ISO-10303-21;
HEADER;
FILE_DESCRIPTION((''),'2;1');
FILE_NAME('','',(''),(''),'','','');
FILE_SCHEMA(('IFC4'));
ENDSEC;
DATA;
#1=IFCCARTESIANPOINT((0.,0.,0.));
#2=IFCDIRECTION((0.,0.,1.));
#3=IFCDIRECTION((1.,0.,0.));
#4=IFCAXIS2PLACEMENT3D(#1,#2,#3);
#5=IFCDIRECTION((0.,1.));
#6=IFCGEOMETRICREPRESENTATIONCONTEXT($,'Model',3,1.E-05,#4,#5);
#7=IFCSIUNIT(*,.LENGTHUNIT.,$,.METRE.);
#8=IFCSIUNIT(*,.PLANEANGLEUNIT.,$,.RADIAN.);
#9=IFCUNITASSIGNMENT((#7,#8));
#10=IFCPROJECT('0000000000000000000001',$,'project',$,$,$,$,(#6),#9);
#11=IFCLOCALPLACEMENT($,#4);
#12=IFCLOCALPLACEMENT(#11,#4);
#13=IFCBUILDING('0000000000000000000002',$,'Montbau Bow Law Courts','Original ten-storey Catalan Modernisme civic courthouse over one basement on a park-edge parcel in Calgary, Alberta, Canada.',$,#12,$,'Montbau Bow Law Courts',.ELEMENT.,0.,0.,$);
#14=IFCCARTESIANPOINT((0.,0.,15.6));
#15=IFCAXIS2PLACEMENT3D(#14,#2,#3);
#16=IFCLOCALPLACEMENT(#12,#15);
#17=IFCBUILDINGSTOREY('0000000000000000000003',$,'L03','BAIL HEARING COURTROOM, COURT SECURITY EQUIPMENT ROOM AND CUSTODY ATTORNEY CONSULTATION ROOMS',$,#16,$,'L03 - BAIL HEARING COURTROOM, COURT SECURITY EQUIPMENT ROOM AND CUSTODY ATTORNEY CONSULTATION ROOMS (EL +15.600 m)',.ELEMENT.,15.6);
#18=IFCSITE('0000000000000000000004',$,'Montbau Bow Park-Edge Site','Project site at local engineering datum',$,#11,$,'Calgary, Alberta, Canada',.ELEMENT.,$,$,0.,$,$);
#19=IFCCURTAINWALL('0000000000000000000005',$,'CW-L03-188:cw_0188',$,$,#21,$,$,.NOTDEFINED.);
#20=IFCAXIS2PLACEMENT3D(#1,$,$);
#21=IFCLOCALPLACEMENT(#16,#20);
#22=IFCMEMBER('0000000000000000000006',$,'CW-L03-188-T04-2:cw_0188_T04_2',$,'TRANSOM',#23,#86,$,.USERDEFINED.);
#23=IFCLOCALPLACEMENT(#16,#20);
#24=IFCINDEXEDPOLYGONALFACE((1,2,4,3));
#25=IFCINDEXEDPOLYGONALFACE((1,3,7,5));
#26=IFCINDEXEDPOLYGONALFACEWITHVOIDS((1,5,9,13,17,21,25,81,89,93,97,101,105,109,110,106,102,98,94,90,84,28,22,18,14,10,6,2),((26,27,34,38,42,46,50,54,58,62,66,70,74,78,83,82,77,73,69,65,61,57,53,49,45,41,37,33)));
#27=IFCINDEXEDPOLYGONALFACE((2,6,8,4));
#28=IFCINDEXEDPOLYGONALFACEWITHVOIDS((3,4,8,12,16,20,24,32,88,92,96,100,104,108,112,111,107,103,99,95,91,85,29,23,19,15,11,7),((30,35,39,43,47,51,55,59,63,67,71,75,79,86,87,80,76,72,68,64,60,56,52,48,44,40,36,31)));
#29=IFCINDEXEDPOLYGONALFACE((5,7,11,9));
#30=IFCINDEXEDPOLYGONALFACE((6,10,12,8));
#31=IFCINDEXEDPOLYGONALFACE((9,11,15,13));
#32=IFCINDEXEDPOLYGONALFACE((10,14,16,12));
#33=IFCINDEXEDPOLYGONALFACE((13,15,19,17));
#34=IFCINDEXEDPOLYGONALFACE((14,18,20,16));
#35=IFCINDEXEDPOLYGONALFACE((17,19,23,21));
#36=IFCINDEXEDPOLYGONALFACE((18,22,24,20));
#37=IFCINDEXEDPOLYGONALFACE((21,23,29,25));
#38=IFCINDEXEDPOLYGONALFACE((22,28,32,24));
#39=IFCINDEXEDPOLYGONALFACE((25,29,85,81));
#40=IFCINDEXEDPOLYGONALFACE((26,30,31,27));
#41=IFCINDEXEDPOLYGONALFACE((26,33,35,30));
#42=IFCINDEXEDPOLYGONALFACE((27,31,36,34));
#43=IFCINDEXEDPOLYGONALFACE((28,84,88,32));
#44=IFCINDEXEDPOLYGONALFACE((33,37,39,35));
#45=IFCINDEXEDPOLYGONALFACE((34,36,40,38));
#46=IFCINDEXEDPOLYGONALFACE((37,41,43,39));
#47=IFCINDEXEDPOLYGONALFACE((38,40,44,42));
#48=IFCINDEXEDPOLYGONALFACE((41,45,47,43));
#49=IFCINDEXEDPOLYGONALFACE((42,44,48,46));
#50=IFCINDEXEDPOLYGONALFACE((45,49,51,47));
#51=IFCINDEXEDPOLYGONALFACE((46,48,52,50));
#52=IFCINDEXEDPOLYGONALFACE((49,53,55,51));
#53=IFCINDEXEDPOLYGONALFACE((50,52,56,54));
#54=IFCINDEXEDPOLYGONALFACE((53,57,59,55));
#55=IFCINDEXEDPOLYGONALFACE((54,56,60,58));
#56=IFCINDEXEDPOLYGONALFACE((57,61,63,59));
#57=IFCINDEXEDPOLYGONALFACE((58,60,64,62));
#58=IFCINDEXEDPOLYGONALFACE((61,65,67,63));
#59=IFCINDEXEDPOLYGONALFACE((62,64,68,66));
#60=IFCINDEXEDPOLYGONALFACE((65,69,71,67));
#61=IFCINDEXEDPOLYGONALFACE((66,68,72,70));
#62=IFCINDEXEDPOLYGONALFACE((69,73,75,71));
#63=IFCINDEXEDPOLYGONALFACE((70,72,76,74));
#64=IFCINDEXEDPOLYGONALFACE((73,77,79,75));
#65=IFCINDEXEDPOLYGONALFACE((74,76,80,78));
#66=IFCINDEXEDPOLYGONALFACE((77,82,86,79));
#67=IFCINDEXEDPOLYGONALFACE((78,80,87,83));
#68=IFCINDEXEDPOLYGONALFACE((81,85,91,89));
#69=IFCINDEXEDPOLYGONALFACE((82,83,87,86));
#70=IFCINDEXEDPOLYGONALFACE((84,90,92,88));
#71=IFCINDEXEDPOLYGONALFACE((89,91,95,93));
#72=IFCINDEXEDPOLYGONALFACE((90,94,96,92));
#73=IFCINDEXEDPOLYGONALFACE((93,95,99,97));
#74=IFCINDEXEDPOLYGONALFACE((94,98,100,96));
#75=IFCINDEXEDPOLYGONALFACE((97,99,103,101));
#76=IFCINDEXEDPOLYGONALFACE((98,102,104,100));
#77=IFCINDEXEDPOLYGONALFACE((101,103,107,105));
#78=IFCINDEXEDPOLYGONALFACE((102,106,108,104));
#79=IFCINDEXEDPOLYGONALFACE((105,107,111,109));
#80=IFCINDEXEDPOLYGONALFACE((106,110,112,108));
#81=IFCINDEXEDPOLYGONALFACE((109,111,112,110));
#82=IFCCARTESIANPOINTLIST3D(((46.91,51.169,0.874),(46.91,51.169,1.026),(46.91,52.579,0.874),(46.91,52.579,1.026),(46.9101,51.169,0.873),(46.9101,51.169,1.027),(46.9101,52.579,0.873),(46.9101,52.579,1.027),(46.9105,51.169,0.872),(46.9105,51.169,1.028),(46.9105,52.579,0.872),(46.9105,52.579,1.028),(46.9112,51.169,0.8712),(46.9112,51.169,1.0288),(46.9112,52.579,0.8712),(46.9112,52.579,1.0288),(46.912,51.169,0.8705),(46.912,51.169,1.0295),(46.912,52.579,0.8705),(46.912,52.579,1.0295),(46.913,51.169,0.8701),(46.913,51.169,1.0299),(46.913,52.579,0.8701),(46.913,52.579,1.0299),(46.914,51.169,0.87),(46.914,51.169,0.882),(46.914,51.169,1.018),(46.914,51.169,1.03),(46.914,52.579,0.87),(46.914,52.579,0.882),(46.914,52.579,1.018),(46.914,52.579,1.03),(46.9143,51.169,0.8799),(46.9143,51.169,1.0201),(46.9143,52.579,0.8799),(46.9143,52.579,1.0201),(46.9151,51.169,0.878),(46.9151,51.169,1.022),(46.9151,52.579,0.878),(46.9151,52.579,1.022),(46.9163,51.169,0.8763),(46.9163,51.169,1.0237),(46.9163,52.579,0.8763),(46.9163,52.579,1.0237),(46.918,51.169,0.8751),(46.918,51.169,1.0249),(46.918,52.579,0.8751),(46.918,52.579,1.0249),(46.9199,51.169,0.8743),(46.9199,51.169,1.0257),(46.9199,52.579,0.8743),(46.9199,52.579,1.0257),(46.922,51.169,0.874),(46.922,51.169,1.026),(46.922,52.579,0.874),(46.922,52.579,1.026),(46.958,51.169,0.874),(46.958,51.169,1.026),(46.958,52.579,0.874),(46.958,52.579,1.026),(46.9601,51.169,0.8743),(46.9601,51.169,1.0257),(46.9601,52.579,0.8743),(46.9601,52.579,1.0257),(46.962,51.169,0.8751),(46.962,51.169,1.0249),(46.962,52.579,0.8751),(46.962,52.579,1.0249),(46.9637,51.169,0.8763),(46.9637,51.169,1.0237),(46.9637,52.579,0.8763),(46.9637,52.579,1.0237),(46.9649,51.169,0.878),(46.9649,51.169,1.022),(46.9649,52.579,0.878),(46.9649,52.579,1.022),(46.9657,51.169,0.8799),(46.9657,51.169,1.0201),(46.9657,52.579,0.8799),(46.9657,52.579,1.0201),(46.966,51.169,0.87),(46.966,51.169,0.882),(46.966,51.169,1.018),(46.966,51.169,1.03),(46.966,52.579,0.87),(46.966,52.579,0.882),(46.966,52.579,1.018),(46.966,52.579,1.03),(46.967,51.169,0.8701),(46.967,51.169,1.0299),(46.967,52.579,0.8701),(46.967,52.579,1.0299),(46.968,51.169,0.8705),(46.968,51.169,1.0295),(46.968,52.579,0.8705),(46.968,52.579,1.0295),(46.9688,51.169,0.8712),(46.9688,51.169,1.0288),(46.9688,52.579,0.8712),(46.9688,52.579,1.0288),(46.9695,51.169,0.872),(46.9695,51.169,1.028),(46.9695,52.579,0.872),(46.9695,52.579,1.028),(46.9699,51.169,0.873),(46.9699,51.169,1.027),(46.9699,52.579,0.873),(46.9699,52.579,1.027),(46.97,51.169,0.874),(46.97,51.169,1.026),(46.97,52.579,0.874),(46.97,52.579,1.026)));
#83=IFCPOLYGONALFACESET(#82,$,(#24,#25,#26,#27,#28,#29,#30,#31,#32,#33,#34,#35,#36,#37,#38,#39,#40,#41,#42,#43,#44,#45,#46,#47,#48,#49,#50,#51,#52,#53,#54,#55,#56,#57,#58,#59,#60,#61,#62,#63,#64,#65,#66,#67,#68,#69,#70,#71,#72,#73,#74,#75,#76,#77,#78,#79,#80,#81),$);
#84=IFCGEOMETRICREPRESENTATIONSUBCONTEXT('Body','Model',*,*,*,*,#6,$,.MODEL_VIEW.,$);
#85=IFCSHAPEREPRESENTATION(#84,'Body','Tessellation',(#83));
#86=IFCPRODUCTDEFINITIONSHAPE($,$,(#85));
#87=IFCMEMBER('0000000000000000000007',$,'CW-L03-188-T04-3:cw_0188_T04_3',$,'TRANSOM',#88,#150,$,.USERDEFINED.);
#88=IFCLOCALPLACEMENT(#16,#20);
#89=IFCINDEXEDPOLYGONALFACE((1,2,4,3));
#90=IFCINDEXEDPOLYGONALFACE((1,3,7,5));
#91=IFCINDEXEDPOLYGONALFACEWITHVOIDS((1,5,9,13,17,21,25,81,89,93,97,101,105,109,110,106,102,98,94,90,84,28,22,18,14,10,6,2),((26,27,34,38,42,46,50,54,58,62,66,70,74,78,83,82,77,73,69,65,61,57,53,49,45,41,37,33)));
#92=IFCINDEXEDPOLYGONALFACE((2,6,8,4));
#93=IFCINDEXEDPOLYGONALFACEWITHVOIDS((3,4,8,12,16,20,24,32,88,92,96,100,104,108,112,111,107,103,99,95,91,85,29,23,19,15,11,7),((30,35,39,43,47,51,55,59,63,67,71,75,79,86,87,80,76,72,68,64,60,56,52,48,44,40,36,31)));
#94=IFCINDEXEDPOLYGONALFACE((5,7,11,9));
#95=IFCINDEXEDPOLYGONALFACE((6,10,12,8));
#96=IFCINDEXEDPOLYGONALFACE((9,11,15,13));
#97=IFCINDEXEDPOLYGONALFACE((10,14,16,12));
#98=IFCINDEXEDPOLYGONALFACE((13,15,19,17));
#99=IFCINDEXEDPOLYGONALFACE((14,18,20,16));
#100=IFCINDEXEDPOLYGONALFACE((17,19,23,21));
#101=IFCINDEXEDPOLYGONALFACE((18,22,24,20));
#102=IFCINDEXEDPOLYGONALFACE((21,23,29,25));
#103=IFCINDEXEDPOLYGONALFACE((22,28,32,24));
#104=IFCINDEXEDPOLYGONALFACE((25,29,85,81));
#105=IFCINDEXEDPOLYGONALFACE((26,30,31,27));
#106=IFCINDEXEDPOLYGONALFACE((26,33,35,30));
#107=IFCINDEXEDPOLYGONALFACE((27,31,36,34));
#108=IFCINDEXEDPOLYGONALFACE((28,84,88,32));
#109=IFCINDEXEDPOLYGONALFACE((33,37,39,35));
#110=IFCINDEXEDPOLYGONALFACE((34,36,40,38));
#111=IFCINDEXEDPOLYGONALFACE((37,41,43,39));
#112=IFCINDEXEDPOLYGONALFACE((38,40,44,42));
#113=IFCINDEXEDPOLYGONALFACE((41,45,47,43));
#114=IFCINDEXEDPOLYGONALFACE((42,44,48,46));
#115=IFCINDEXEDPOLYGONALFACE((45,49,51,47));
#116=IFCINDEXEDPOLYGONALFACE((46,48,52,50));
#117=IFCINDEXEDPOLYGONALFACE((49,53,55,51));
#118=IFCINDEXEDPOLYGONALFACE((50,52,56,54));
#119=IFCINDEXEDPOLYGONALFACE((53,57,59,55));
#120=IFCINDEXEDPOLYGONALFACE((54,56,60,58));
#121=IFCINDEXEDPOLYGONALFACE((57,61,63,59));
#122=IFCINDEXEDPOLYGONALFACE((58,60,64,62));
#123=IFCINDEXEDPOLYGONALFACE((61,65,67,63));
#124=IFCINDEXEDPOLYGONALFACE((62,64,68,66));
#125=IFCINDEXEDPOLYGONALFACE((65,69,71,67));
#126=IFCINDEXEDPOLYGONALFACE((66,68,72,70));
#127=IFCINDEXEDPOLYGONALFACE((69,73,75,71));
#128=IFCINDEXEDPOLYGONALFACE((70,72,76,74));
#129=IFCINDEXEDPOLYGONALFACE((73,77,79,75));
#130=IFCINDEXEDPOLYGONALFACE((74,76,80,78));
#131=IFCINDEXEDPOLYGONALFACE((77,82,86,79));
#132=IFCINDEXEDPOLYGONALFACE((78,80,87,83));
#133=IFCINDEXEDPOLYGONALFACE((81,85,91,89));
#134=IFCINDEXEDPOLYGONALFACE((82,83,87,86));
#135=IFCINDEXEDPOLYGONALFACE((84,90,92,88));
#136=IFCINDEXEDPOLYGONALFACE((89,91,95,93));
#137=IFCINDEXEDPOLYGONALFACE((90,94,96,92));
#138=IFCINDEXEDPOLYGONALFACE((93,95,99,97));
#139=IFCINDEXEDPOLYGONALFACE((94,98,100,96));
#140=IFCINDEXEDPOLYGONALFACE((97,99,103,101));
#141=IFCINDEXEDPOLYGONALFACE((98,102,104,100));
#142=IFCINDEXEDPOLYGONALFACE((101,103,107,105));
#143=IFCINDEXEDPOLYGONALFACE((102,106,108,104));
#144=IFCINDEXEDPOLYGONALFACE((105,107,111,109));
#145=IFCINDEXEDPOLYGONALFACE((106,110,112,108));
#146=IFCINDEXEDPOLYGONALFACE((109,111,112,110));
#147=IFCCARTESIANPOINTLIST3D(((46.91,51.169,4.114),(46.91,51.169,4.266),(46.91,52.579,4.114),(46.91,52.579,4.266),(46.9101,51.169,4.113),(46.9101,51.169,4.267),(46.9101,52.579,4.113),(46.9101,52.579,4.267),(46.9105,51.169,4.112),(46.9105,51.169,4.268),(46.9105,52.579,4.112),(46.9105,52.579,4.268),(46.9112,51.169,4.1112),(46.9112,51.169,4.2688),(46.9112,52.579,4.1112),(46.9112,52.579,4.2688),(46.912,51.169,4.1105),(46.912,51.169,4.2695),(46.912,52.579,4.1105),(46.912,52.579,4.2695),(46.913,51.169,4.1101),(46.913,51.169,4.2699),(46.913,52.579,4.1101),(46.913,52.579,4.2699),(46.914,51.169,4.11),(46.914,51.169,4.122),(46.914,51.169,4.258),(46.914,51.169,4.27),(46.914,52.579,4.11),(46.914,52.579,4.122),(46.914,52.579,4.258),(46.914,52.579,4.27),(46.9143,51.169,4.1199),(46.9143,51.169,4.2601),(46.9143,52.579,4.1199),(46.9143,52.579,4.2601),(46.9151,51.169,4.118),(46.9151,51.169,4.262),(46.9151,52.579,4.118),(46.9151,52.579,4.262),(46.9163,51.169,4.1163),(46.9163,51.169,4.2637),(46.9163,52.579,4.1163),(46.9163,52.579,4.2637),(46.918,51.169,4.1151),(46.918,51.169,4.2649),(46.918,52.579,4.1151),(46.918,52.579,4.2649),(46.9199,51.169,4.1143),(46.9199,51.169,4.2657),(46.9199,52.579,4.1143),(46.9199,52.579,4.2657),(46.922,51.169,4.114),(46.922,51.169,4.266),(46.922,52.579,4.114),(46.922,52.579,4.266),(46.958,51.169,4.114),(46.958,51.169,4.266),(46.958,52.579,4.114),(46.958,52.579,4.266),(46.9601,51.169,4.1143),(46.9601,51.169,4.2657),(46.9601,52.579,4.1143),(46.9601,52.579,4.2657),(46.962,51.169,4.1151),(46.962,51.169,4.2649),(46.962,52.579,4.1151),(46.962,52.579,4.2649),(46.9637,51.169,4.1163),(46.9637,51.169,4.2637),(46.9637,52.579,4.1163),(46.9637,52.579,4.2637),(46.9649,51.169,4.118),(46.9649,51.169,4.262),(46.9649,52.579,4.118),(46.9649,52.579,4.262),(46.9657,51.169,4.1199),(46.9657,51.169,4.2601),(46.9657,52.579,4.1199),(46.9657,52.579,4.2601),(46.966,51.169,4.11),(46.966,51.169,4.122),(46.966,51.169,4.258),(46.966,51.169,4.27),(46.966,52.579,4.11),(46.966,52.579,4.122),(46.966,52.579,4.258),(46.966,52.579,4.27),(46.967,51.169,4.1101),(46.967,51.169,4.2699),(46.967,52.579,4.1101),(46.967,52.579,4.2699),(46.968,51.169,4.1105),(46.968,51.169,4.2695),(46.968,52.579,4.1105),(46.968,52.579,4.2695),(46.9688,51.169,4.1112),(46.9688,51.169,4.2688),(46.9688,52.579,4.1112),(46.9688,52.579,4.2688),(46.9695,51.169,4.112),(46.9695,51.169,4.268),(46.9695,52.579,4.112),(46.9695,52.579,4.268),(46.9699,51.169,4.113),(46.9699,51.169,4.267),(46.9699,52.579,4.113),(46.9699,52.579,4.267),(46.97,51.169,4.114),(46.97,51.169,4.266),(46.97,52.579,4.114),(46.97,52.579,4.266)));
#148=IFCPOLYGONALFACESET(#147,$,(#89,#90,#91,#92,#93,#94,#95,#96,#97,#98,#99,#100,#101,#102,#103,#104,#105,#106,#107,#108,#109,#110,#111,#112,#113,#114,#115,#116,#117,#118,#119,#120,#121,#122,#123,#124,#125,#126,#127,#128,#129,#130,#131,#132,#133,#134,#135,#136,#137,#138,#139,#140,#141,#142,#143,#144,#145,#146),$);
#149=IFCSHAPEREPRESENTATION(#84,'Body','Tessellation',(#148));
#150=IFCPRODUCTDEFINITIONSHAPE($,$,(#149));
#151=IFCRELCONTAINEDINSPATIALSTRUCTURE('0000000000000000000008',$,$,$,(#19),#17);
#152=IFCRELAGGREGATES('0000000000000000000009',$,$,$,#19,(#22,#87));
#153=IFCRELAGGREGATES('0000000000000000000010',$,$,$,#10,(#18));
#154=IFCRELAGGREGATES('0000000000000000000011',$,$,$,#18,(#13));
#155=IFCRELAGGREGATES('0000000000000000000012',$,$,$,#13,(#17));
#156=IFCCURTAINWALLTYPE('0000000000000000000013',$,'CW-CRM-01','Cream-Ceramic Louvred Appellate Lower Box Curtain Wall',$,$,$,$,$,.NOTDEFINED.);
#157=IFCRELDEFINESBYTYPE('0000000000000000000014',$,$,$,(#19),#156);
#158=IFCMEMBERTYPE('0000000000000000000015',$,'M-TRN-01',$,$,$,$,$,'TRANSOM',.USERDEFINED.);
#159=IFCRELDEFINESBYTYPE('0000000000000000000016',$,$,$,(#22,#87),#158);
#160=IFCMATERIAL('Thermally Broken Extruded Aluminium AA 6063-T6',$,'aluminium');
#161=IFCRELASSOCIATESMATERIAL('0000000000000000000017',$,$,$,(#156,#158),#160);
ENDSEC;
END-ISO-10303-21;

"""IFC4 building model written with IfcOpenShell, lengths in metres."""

from ifc_helpers import new_model, si_unit, direction, frame, origin_with_axes, origin_2d_with_axis, place, context, subcontext, project, spatial, hollow_rectangle, extrude, material, material_profile, profile_set, type_object, element, aggregate, save


model = new_model("IFC4")

# Units and contexts
model_context = context("Model", 3, precision=1e-05, world=origin_with_axes(), true_north=direction((0.0, 1.0)))
body_context = subcontext(model_context, "Body", "Model", "MODEL_VIEW")
ifc_project = project(units=[si_unit("LENGTHUNIT", "METRE"), si_unit("PLANEANGLEUNIT", "RADIAN")], contexts=[model_context])

# Site, building, storey
site_placement = place(None, origin_with_axes())
site = spatial("IfcSite", under=ifc_project, at=site_placement, Name="Montbau Bow Park-Edge Site", Description="Project site at local engineering datum", LongName="Calgary, Alberta, Canada", CompositionType="ELEMENT", RefElevation=0.0)
building_placement = place(site_placement, origin_with_axes())
building = spatial("IfcBuilding", under=site, at=building_placement, Name="Montbau Bow Law Courts", Description="Original ten-storey Catalan Modernisme civic courthouse over one basement on a park-edge parcel in Calgary, Alberta, Canada.", LongName="Montbau Bow Law Courts", CompositionType="ELEMENT", ElevationOfRefHeight=0.0, ElevationOfTerrain=0.0)
storey_placement = place(building_placement, frame((0.0, 0.0, 15.6), z_axis=(0.0, 0.0, 1.0), x_axis=(1.0, 0.0, 0.0)))
storey = spatial("IfcBuildingStorey", under=building, at=storey_placement, Name="L03", Description="BAIL HEARING COURTROOM, COURT SECURITY EQUIPMENT ROOM AND CUSTODY ATTORNEY CONSULTATION ROOMS", LongName="L03 - BAIL HEARING COURTROOM, COURT SECURITY EQUIPMENT ROOM AND CUSTODY ATTORNEY CONSULTATION ROOMS (EL +15.600 m)", CompositionType="ELEMENT", Elevation=15.6)

# Curtain wall, members
ifc_material_1 = material(Name="Thermally Broken Extruded Aluminium AA 6063-T6", Category="aluminium")
curtain_wall_type_1 = type_object("IfcCurtainWallType", Name="CW-CRM-01", Description="Cream-Ceramic Louvred Appellate Lower Box Curtain Wall", PredefinedType="NOTDEFINED", material=ifc_material_1)
curtain_wall_1_placement = place(None, frame((46.94, 46.715, 15.6), z_axis=(0.0, 0.0, 1.0), x_axis=(1.0, 0.0, 0.0)))
curtain_wall_1 = element("IfcCurtainWall", 1, at=curtain_wall_1_placement, inside=storey, type_object=curtain_wall_type_1, Name="CW-L03-188:cw_0188", PredefinedType="NOTDEFINED")
ifc_material_profile_1 = material_profile(ifc_material_1, hollow_rectangle(XDim=0.06, YDim=0.16, WallThickness=0.004, InnerFilletRadius=0.008, OuterFilletRadius=0.004, at=origin_2d_with_axis()), Name="CWT-160X60", Category="Main", Priority=0)
ifc_profile_set_1 = profile_set([ifc_material_profile_1], Name="Thermally Broken Extruded Aluminium AA 6063-T6")
member_type_1 = type_object("IfcMemberType", Name="M-TRN-01", ElementType="TRANSOM", PredefinedType="USERDEFINED", material=ifc_profile_set_1)
member_1_placement = place(None, frame((46.94, 51.169, 16.55), z_axis=(0.0, 1.0, 0.0), x_axis=(-1.0, 0.0, 0.0)))
member_1 = element("IfcMember", 2, at=member_1_placement, type_object=member_type_1, Name="CW-L03-188-T04-2:cw_0188_T04_2", ObjectType="TRANSOM", PredefinedType="USERDEFINED", context=body_context, shape_type="SweptSolid", body=[
    extrude(hollow_rectangle(XDim=0.06, YDim=0.16, WallThickness=0.004, InnerFilletRadius=0.008, OuterFilletRadius=0.004, at=origin_2d_with_axis()), origin_with_axes(), (0.0, 0.0, 1.0), 1.41),
])
member_2_placement = place(None, frame((46.94, 51.169, 19.79), z_axis=(0.0, 1.0, 0.0), x_axis=(-1.0, 0.0, 0.0)))
member_2 = element("IfcMember", 3, at=member_2_placement, type_object=member_type_1, Name="CW-L03-188-T04-3:cw_0188_T04_3", ObjectType="TRANSOM", PredefinedType="USERDEFINED", context=body_context, shape_type="SweptSolid", body=[
    extrude(hollow_rectangle(XDim=0.06, YDim=0.16, WallThickness=0.004, InnerFilletRadius=0.008, OuterFilletRadius=0.004, at=origin_2d_with_axis()), origin_with_axes(), (0.0, 0.0, 1.0), 1.41),
])

aggregate(curtain_wall_1, [member_1, member_2])

save(model, "model.ifc")
